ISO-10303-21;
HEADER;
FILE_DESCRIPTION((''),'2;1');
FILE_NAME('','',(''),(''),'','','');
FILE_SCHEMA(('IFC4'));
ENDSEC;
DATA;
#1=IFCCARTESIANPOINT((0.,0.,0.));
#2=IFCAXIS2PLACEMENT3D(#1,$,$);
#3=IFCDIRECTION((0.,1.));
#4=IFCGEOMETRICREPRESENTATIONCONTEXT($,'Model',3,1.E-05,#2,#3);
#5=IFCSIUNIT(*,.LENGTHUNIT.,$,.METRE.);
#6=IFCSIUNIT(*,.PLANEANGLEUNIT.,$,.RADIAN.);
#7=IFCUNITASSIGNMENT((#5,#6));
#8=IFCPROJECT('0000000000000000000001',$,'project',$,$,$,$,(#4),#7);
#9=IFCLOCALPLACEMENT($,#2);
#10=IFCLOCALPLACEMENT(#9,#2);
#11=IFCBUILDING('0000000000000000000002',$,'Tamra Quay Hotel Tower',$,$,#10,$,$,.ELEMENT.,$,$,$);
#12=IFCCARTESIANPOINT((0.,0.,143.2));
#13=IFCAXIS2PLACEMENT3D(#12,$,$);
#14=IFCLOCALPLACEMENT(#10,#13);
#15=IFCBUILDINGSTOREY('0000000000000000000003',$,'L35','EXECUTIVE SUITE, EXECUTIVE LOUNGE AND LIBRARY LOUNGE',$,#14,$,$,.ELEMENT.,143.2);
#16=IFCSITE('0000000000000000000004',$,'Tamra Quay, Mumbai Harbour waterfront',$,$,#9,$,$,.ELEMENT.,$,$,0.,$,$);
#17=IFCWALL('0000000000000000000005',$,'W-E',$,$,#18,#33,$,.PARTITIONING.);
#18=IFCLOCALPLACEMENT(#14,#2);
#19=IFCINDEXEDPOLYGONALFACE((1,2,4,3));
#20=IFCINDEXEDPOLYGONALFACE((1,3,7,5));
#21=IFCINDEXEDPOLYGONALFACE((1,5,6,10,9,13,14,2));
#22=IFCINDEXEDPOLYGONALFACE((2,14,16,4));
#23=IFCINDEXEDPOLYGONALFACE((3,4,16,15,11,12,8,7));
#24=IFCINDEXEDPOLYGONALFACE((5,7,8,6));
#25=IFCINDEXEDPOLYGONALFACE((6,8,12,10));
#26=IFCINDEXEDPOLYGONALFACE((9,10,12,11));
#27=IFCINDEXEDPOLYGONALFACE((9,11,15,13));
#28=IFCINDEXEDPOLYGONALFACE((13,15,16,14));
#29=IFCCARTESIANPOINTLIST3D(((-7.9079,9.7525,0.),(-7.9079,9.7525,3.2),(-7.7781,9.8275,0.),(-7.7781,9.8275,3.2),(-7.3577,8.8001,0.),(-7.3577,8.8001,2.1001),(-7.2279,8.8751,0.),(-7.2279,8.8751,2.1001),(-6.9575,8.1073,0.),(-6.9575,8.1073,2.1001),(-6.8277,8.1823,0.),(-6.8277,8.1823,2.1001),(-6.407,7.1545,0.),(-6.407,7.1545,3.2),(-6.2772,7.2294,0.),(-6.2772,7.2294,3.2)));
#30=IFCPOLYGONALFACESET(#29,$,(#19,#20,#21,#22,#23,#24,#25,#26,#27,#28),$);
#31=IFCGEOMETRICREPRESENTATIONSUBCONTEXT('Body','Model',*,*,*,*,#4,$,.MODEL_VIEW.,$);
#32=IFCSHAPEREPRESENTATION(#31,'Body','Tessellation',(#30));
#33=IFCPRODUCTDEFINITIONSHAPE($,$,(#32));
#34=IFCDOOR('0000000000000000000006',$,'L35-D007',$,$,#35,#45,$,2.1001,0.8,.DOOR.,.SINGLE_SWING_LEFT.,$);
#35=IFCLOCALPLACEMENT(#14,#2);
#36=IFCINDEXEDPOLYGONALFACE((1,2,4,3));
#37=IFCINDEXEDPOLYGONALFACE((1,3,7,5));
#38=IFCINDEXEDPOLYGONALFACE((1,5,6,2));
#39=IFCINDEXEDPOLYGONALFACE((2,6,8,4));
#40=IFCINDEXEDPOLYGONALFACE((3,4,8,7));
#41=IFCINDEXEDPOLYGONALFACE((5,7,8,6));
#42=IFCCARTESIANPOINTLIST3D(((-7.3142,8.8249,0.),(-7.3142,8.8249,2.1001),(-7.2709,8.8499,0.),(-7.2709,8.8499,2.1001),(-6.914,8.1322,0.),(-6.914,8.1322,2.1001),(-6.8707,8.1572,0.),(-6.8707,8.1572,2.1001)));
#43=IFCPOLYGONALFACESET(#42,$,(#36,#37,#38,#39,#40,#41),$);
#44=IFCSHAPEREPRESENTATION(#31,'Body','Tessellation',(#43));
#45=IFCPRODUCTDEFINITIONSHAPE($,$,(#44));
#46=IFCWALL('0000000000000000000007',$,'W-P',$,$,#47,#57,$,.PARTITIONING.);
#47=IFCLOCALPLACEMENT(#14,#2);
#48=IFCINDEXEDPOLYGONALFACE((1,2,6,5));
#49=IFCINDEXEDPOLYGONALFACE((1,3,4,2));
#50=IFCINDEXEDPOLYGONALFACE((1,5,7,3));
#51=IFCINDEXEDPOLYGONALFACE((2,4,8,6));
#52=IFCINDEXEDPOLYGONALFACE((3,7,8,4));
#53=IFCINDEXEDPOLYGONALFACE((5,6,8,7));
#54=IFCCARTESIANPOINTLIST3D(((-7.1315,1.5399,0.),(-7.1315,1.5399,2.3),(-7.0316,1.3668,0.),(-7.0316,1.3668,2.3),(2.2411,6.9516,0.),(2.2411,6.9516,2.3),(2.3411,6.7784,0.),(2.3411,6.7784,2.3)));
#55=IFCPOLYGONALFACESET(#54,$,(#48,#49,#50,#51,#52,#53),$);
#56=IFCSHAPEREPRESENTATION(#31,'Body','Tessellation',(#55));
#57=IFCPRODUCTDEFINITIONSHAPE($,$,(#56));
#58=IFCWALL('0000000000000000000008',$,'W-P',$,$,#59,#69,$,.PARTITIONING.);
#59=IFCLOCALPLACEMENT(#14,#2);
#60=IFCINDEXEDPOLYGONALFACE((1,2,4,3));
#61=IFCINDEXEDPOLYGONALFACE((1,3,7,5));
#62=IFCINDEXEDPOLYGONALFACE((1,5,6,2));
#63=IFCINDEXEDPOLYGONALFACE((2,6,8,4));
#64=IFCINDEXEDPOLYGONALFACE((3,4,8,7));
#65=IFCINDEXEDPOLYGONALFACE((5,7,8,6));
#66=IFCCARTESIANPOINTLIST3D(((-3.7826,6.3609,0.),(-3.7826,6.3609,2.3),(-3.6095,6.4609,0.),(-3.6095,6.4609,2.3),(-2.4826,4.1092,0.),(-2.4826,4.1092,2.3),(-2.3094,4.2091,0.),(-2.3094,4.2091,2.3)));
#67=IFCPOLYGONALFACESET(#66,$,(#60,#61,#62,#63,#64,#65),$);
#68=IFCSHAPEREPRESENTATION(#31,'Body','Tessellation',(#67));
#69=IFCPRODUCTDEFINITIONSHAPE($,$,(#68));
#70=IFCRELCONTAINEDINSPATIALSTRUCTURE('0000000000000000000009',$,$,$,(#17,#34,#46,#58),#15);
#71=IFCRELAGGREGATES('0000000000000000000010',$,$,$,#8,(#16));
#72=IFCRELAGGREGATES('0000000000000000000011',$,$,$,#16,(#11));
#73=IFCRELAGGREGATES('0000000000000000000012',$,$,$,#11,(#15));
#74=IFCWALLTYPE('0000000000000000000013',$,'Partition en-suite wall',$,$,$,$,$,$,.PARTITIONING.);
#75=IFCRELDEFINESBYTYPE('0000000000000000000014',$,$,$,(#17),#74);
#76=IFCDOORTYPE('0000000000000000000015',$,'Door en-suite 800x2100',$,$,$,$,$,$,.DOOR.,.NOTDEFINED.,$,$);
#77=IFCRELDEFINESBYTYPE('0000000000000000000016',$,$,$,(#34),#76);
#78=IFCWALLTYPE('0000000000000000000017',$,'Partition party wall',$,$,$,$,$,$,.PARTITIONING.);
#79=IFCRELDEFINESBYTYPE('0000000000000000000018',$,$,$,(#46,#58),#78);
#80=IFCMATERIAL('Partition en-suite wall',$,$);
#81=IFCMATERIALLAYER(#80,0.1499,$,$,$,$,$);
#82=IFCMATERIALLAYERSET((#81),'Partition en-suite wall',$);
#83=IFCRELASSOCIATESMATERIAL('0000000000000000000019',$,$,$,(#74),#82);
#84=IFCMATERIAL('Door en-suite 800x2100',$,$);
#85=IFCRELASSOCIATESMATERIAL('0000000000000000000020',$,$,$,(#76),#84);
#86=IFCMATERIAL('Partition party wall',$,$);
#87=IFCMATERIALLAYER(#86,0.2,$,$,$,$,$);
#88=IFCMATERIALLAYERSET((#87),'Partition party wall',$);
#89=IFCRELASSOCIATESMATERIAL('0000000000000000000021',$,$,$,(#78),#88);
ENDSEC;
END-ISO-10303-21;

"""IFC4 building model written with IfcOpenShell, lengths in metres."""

from ifc_helpers import new_model, si_unit, direction, frame, frame_2d, origin, place, context, subcontext, project, spatial, rectangle, extrude, material, layer, layer_set, type_object, element, fill, save


model = new_model("IFC4")

# Units and contexts
model_context = context("Model", 3, precision=1e-05, world=origin(), true_north=direction((0.0, 1.0)))
body_context = subcontext(model_context, "Body", "Model", "MODEL_VIEW")
ifc_project = project(units=[si_unit("LENGTHUNIT", "METRE"), si_unit("PLANEANGLEUNIT", "RADIAN")], contexts=[model_context])

# Site, building, storey
site_placement = place(None, origin())
site = spatial("IfcSite", under=ifc_project, at=site_placement, Name="Tamra Quay, Mumbai Harbour waterfront", CompositionType="ELEMENT", RefElevation=0.0)
building_placement = place(site_placement, origin())
building = spatial("IfcBuilding", under=site, at=building_placement, Name="Tamra Quay Hotel Tower", CompositionType="ELEMENT")
storey_placement = place(building_placement, frame((0.0, 0.0, 143.2)))
storey = spatial("IfcBuildingStorey", under=building, at=storey_placement, Name="L35", Description="EXECUTIVE SUITE, EXECUTIVE LOUNGE AND LIBRARY LOUNGE", CompositionType="ELEMENT", Elevation=143.2)

# Wall, opening, door
ifc_material_1 = material(Name="Partition en-suite wall")
ifc_layer_1 = layer(ifc_material_1, 0.1499)
ifc_layer_set_1 = layer_set([ifc_layer_1], Name="Partition en-suite wall")
wall_type_1 = type_object("IfcWallType", Name="Partition en-suite wall", PredefinedType="PARTITIONING", material=ifc_layer_set_1)
wall_1_placement = place(storey_placement, frame((-7.843, 9.79, 0.0), z_axis=(0.0, 0.0, 1.0), x_axis=(0.500234, -0.86589, 0.0)))
wall_1 = element("IfcWall", 1, at=wall_1_placement, inside=storey, type_object=wall_type_1, Name="W-E", PredefinedType="PARTITIONING", context=body_context, shape_type="SweptSolid", body=[
    extrude(rectangle(XDim=3.0005, YDim=0.1499, at=frame_2d((1.5002, 0.0))), origin(), (0.0, 0.0, 1.0), 3.2),
])
opening_1_placement = place(wall_1_placement, frame((1.1001, 0.0, 0.0)))
opening_1 = element("IfcOpeningElement", 2, at=opening_1_placement, cuts=wall_1, PredefinedType="OPENING", context=body_context, shape_type="SweptSolid", body=[
    extrude(rectangle(XDim=0.8, YDim=2.1001, at=frame_2d((0.3999, 1.05))), frame((0.0, 0.085, 0.0), z_axis=(0.0, -1.0, 0.0), x_axis=(1.0, 0.0, 0.0)), (0.0, 0.0, 1.0), 0.1699),
])
ifc_material_2 = material(Name="Door en-suite 800x2100")
door_type_1 = type_object("IfcDoorType", Name="Door en-suite 800x2100", OperationType="NOTDEFINED", PredefinedType="DOOR", material=ifc_material_2)
door_1_placement = place(opening_1_placement, frame((0.8, 0.0, 0.0), z_axis=(0.0, 0.0, 1.0), x_axis=(-1.0, 0.0, 0.0)))
door_1 = element("IfcDoor", 3, at=door_1_placement, inside=storey, type_object=door_type_1, Name="L35-D007", OperationType="SINGLE_SWING_LEFT", OverallHeight=2.1001, OverallWidth=0.8, PredefinedType="DOOR", context=body_context, shape_type="SweptSolid", body=[
    extrude(rectangle(XDim=0.8, YDim=2.1001, at=frame_2d((0.3999, 1.05))), frame((0.0, 0.0249, 0.0), z_axis=(0.0, -1.0, 0.0), x_axis=(1.0, 0.0, 0.0)), (0.0, 0.0, 1.0), 0.05),
])
fill(opening_1, door_1)

# Walls
ifc_material_3 = material(Name="Partition party wall")
ifc_layer_2 = layer(ifc_material_3, 0.2)
ifc_layer_set_2 = layer_set([ifc_layer_2], Name="Partition party wall")
wall_type_2 = type_object("IfcWallType", Name="Partition party wall", PredefinedType="PARTITIONING", material=ifc_layer_set_2)
wall_2_placement = place(storey_placement, frame((-7.0815, 1.4534, 0.0), z_axis=(0.0, 0.0, 1.0), x_axis=(0.866011, 0.500026, 0.0)))
element("IfcWall", 4, at=wall_2_placement, inside=storey, type_object=wall_type_2, Name="W-P", PredefinedType="PARTITIONING", context=body_context, shape_type="SweptSolid", body=[
    extrude(rectangle(XDim=10.8228, YDim=0.2, at=frame_2d((5.4114, 0.0))), origin(), (0.0, 0.0, 1.0), 2.3),
])
wall_3_placement = place(storey_placement, frame((-3.696, 6.4109, 0.0), z_axis=(0.0, 0.0, 1.0), x_axis=(0.500007, -0.866021, 0.0)))
element("IfcWall", 5, at=wall_3_placement, inside=storey, type_object=wall_type_2, Name="W-P", PredefinedType="PARTITIONING", context=body_context, shape_type="SweptSolid", body=[
    extrude(rectangle(XDim=2.6001, YDim=0.2, at=frame_2d((1.3, 0.0))), origin(), (0.0, 0.0, 1.0), 2.3),
])

save(model, "model.ifc")
